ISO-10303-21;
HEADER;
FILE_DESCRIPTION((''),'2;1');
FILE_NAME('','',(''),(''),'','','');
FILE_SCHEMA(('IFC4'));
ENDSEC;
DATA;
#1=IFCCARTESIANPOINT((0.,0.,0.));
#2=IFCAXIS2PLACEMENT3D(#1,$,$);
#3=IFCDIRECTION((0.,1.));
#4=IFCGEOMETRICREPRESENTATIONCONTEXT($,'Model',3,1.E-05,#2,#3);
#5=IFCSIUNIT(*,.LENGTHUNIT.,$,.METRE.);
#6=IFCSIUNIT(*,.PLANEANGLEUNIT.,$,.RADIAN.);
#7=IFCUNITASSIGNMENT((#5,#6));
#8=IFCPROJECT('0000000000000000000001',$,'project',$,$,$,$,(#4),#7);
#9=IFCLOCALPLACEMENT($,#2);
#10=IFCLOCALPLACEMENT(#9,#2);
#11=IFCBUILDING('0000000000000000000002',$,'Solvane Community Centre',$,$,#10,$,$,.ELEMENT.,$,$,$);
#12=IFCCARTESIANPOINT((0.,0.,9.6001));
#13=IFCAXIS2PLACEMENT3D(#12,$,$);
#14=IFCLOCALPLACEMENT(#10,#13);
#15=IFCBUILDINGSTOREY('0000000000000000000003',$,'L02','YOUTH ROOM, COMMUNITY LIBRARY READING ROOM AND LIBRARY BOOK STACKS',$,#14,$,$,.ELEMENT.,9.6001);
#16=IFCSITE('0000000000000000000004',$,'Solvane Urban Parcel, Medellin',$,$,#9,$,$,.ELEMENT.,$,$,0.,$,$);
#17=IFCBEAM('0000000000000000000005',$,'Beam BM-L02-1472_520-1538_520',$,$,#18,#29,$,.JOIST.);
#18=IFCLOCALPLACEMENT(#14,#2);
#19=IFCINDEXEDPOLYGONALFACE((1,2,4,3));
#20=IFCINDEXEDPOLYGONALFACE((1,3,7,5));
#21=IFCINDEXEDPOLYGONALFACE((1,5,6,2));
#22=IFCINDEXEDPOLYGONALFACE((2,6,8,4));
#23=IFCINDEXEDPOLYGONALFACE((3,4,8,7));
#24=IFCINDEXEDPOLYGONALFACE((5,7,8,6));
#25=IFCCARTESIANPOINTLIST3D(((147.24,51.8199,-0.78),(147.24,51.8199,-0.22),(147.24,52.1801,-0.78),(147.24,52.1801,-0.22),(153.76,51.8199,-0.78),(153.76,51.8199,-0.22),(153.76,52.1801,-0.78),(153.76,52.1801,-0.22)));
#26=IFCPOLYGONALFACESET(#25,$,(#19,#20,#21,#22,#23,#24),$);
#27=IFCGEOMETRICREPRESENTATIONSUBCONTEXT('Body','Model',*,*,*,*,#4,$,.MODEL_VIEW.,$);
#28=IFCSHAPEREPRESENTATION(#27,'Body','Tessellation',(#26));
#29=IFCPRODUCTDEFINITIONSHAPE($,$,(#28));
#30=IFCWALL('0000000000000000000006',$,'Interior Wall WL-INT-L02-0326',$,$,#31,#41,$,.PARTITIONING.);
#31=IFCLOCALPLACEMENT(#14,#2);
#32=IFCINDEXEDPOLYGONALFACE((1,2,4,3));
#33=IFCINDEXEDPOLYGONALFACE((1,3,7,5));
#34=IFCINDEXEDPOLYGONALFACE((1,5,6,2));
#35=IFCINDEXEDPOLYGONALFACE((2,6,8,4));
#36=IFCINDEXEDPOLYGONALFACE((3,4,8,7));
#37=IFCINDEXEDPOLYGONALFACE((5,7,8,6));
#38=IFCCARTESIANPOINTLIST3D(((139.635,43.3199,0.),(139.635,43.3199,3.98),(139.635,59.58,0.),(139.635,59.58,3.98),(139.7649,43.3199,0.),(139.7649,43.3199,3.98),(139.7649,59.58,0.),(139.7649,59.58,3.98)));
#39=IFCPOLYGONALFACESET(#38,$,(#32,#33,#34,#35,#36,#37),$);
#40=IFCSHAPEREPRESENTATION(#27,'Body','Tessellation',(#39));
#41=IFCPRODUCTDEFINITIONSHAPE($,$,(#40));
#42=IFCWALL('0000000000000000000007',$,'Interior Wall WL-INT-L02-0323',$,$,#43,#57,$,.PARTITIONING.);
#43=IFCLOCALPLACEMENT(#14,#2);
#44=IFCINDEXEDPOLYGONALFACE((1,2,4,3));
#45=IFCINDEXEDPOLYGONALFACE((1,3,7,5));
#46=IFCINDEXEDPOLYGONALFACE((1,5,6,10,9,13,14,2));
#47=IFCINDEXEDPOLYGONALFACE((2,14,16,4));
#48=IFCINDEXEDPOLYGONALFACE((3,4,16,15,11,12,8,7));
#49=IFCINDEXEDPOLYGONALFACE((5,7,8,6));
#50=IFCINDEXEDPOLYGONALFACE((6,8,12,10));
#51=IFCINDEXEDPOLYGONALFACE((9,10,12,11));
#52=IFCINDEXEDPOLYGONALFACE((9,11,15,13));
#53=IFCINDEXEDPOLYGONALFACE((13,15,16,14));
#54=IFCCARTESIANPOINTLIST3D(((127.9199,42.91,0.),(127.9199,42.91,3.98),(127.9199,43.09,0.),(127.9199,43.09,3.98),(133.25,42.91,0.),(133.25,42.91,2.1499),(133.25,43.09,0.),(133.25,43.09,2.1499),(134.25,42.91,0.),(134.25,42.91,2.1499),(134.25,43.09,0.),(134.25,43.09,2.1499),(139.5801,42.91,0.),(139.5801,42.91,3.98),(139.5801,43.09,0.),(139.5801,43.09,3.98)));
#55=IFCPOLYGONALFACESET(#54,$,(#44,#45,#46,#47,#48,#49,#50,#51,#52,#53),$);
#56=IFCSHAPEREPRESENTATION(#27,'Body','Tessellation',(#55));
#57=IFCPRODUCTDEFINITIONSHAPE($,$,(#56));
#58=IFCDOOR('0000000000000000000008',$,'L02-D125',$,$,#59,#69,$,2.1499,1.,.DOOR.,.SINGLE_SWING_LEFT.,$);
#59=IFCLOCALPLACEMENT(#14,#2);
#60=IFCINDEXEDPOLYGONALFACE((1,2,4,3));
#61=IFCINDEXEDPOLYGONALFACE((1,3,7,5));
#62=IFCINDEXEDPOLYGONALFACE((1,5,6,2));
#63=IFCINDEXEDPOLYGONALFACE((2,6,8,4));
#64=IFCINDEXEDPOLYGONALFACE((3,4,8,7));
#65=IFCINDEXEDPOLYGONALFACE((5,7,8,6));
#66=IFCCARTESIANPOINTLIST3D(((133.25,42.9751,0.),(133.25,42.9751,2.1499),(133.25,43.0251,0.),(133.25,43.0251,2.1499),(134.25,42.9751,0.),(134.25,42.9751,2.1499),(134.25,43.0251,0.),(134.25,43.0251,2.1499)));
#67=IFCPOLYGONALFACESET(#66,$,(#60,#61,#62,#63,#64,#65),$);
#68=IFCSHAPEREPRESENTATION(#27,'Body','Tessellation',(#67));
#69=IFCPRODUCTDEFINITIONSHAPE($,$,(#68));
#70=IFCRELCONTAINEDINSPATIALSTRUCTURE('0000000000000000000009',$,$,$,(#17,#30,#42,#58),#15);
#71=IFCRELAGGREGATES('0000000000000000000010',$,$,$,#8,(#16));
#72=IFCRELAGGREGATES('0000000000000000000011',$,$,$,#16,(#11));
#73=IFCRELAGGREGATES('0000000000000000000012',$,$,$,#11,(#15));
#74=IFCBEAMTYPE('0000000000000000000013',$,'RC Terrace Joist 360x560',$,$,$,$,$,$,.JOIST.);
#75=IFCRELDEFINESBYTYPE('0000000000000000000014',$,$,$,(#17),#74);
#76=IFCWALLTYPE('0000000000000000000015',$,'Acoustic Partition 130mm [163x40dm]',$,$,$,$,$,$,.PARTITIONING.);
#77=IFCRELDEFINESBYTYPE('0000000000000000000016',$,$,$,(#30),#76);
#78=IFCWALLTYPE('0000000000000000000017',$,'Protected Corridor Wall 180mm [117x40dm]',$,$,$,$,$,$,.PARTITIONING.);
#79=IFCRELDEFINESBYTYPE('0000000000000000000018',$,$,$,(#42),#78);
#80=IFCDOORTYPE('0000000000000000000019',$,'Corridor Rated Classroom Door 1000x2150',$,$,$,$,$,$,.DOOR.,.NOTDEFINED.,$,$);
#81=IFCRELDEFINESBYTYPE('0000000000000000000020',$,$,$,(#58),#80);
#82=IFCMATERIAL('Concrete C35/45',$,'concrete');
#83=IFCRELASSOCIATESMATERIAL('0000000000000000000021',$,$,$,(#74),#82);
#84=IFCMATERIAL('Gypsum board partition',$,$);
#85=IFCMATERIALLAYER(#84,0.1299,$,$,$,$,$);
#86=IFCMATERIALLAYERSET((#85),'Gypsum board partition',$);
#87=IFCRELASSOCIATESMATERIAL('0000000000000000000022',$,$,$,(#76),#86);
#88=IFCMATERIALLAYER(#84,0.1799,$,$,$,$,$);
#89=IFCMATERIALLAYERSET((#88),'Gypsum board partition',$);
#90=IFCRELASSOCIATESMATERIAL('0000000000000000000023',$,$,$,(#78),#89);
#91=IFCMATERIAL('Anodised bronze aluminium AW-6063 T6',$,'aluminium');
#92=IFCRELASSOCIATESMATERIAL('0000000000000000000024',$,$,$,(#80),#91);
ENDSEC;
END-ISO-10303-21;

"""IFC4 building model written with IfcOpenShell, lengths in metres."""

from ifc_helpers import new_model, si_unit, direction, frame, frame_2d, origin, origin_2d, place, context, subcontext, project, spatial, rectangle, extrude, material, layer, layer_set, material_profile, profile_set, type_object, element, fill, save


model = new_model("IFC4")

# Units and contexts
model_context = context("Model", 3, precision=1e-05, world=origin(), true_north=direction((0.0, 1.0)))
body_context = subcontext(model_context, "Body", "Model", "MODEL_VIEW")
ifc_project = project(units=[si_unit("LENGTHUNIT", "METRE"), si_unit("PLANEANGLEUNIT", "RADIAN")], contexts=[model_context])

# Site, building, storey
site_placement = place(None, origin())
site = spatial("IfcSite", under=ifc_project, at=site_placement, Name="Solvane Urban Parcel, Medellin", CompositionType="ELEMENT", RefElevation=0.0)
building_placement = place(site_placement, origin())
building = spatial("IfcBuilding", under=site, at=building_placement, Name="Solvane Community Centre", CompositionType="ELEMENT")
storey_placement = place(building_placement, frame((0.0, 0.0, 9.6001)))
storey = spatial("IfcBuildingStorey", under=building, at=storey_placement, Name="L02", Description="YOUTH ROOM, COMMUNITY LIBRARY READING ROOM AND LIBRARY BOOK STACKS", CompositionType="ELEMENT", Elevation=9.6001)

# Beam
ifc_material_1 = material(Name="Concrete C35/45", Category="concrete")
ifc_material_profile_1 = material_profile(ifc_material_1, rectangle(XDim=0.3601, YDim=0.5601, at=origin_2d()), Name="RC 360x560")
ifc_profile_set_1 = profile_set([ifc_material_profile_1], Name="Concrete C35/45")
beam_type_1 = type_object("IfcBeamType", Name="RC Terrace Joist 360x560", PredefinedType="JOIST", material=ifc_profile_set_1)
for number, where, z_axis, x_axis, name in (
    (1, (147.24, 52.0, -0.5), (1.0, 0.0, 0.0), (0.0, 1.0, 0.0), "Beam BM-L02-1472_520-1538_520"),
):
    element("IfcBeam", number, at=place(storey_placement, frame(where, z_axis=z_axis, x_axis=x_axis)), inside=storey, type_object=beam_type_1, Name=name, PredefinedType="JOIST", context=body_context, shape_type="SweptSolid", body=[
        extrude(rectangle(XDim=0.3601, YDim=0.5601, at=origin_2d()), origin(), (0.0, 0.0, 1.0), 6.52),
    ])

# Wall
ifc_material_2 = material(Name="Gypsum board partition")
ifc_layer_1 = layer(ifc_material_2, 0.1299)
ifc_layer_set_1 = layer_set([ifc_layer_1], Name="Gypsum board partition")
wall_type_1 = type_object("IfcWallType", Name="Acoustic Partition 130mm [163x40dm]", PredefinedType="PARTITIONING", material=ifc_layer_set_1)
wall_1_placement = place(storey_placement, frame((139.7, 43.3201, 0.0), z_axis=(0.0, 0.0, 1.0), x_axis=(0.0, 1.0, 0.0)))
element("IfcWall", 2, at=wall_1_placement, inside=storey, type_object=wall_type_1, Name="Interior Wall WL-INT-L02-0326", PredefinedType="PARTITIONING", context=body_context, shape_type="SweptSolid", body=[
    extrude(rectangle(XDim=16.26, YDim=0.1299, at=frame_2d((8.1299, 0.0))), origin(), (0.0, 0.0, 1.0), 3.98),
])

# Wall, opening, door
ifc_layer_2 = layer(ifc_material_2, 0.1799)
ifc_layer_set_2 = layer_set([ifc_layer_2], Name="Gypsum board partition")
wall_type_2 = type_object("IfcWallType", Name="Protected Corridor Wall 180mm [117x40dm]", PredefinedType="PARTITIONING", material=ifc_layer_set_2)
wall_2_placement = place(storey_placement, frame((139.5801, 43.0, 0.0), z_axis=(0.0, 0.0, 1.0), x_axis=(-1.0, 0.0, 0.0)))
wall_2 = element("IfcWall", 3, at=wall_2_placement, inside=storey, type_object=wall_type_2, Name="Interior Wall WL-INT-L02-0323", PredefinedType="PARTITIONING", context=body_context, shape_type="SweptSolid", body=[
    extrude(rectangle(XDim=11.6602, YDim=0.1799, at=frame_2d((5.8301, 0.0))), origin(), (0.0, 0.0, 1.0), 3.98),
])
opening_placement = place(wall_2_placement, frame((5.3301, 0.0, 0.0)))
opening = element("IfcOpeningElement", 4, at=opening_placement, cuts=wall_2, PredefinedType="OPENING", context=body_context, shape_type="SweptSolid", body=[
    extrude(rectangle(XDim=1.0, YDim=2.1499, at=frame_2d((0.5, 1.075))), frame((0.0, 0.0999, 0.0), z_axis=(0.0, -1.0, 0.0), x_axis=(1.0, 0.0, 0.0)), (0.0, 0.0, 1.0), 0.2),
])
ifc_material_3 = material(Name="Anodised bronze aluminium AW-6063 T6", Category="aluminium")
door_type = type_object("IfcDoorType", Name="Corridor Rated Classroom Door 1000x2150", OperationType="NOTDEFINED", PredefinedType="DOOR", material=ifc_material_3)
door_placement = place(opening_placement, origin())
door = element("IfcDoor", 5, at=door_placement, inside=storey, type_object=door_type, Name="L02-D125", OperationType="SINGLE_SWING_LEFT", OverallHeight=2.1499, OverallWidth=1.0, PredefinedType="DOOR", context=body_context, shape_type="SweptSolid", body=[
    extrude(rectangle(XDim=1.0, YDim=2.1499, at=frame_2d((0.5, 1.075))), frame((0.0, 0.0249, 0.0), z_axis=(0.0, -1.0, 0.0), x_axis=(1.0, 0.0, 0.0)), (0.0, 0.0, 1.0), 0.05),
])
fill(opening, door)

save(model, "model.ifc")
